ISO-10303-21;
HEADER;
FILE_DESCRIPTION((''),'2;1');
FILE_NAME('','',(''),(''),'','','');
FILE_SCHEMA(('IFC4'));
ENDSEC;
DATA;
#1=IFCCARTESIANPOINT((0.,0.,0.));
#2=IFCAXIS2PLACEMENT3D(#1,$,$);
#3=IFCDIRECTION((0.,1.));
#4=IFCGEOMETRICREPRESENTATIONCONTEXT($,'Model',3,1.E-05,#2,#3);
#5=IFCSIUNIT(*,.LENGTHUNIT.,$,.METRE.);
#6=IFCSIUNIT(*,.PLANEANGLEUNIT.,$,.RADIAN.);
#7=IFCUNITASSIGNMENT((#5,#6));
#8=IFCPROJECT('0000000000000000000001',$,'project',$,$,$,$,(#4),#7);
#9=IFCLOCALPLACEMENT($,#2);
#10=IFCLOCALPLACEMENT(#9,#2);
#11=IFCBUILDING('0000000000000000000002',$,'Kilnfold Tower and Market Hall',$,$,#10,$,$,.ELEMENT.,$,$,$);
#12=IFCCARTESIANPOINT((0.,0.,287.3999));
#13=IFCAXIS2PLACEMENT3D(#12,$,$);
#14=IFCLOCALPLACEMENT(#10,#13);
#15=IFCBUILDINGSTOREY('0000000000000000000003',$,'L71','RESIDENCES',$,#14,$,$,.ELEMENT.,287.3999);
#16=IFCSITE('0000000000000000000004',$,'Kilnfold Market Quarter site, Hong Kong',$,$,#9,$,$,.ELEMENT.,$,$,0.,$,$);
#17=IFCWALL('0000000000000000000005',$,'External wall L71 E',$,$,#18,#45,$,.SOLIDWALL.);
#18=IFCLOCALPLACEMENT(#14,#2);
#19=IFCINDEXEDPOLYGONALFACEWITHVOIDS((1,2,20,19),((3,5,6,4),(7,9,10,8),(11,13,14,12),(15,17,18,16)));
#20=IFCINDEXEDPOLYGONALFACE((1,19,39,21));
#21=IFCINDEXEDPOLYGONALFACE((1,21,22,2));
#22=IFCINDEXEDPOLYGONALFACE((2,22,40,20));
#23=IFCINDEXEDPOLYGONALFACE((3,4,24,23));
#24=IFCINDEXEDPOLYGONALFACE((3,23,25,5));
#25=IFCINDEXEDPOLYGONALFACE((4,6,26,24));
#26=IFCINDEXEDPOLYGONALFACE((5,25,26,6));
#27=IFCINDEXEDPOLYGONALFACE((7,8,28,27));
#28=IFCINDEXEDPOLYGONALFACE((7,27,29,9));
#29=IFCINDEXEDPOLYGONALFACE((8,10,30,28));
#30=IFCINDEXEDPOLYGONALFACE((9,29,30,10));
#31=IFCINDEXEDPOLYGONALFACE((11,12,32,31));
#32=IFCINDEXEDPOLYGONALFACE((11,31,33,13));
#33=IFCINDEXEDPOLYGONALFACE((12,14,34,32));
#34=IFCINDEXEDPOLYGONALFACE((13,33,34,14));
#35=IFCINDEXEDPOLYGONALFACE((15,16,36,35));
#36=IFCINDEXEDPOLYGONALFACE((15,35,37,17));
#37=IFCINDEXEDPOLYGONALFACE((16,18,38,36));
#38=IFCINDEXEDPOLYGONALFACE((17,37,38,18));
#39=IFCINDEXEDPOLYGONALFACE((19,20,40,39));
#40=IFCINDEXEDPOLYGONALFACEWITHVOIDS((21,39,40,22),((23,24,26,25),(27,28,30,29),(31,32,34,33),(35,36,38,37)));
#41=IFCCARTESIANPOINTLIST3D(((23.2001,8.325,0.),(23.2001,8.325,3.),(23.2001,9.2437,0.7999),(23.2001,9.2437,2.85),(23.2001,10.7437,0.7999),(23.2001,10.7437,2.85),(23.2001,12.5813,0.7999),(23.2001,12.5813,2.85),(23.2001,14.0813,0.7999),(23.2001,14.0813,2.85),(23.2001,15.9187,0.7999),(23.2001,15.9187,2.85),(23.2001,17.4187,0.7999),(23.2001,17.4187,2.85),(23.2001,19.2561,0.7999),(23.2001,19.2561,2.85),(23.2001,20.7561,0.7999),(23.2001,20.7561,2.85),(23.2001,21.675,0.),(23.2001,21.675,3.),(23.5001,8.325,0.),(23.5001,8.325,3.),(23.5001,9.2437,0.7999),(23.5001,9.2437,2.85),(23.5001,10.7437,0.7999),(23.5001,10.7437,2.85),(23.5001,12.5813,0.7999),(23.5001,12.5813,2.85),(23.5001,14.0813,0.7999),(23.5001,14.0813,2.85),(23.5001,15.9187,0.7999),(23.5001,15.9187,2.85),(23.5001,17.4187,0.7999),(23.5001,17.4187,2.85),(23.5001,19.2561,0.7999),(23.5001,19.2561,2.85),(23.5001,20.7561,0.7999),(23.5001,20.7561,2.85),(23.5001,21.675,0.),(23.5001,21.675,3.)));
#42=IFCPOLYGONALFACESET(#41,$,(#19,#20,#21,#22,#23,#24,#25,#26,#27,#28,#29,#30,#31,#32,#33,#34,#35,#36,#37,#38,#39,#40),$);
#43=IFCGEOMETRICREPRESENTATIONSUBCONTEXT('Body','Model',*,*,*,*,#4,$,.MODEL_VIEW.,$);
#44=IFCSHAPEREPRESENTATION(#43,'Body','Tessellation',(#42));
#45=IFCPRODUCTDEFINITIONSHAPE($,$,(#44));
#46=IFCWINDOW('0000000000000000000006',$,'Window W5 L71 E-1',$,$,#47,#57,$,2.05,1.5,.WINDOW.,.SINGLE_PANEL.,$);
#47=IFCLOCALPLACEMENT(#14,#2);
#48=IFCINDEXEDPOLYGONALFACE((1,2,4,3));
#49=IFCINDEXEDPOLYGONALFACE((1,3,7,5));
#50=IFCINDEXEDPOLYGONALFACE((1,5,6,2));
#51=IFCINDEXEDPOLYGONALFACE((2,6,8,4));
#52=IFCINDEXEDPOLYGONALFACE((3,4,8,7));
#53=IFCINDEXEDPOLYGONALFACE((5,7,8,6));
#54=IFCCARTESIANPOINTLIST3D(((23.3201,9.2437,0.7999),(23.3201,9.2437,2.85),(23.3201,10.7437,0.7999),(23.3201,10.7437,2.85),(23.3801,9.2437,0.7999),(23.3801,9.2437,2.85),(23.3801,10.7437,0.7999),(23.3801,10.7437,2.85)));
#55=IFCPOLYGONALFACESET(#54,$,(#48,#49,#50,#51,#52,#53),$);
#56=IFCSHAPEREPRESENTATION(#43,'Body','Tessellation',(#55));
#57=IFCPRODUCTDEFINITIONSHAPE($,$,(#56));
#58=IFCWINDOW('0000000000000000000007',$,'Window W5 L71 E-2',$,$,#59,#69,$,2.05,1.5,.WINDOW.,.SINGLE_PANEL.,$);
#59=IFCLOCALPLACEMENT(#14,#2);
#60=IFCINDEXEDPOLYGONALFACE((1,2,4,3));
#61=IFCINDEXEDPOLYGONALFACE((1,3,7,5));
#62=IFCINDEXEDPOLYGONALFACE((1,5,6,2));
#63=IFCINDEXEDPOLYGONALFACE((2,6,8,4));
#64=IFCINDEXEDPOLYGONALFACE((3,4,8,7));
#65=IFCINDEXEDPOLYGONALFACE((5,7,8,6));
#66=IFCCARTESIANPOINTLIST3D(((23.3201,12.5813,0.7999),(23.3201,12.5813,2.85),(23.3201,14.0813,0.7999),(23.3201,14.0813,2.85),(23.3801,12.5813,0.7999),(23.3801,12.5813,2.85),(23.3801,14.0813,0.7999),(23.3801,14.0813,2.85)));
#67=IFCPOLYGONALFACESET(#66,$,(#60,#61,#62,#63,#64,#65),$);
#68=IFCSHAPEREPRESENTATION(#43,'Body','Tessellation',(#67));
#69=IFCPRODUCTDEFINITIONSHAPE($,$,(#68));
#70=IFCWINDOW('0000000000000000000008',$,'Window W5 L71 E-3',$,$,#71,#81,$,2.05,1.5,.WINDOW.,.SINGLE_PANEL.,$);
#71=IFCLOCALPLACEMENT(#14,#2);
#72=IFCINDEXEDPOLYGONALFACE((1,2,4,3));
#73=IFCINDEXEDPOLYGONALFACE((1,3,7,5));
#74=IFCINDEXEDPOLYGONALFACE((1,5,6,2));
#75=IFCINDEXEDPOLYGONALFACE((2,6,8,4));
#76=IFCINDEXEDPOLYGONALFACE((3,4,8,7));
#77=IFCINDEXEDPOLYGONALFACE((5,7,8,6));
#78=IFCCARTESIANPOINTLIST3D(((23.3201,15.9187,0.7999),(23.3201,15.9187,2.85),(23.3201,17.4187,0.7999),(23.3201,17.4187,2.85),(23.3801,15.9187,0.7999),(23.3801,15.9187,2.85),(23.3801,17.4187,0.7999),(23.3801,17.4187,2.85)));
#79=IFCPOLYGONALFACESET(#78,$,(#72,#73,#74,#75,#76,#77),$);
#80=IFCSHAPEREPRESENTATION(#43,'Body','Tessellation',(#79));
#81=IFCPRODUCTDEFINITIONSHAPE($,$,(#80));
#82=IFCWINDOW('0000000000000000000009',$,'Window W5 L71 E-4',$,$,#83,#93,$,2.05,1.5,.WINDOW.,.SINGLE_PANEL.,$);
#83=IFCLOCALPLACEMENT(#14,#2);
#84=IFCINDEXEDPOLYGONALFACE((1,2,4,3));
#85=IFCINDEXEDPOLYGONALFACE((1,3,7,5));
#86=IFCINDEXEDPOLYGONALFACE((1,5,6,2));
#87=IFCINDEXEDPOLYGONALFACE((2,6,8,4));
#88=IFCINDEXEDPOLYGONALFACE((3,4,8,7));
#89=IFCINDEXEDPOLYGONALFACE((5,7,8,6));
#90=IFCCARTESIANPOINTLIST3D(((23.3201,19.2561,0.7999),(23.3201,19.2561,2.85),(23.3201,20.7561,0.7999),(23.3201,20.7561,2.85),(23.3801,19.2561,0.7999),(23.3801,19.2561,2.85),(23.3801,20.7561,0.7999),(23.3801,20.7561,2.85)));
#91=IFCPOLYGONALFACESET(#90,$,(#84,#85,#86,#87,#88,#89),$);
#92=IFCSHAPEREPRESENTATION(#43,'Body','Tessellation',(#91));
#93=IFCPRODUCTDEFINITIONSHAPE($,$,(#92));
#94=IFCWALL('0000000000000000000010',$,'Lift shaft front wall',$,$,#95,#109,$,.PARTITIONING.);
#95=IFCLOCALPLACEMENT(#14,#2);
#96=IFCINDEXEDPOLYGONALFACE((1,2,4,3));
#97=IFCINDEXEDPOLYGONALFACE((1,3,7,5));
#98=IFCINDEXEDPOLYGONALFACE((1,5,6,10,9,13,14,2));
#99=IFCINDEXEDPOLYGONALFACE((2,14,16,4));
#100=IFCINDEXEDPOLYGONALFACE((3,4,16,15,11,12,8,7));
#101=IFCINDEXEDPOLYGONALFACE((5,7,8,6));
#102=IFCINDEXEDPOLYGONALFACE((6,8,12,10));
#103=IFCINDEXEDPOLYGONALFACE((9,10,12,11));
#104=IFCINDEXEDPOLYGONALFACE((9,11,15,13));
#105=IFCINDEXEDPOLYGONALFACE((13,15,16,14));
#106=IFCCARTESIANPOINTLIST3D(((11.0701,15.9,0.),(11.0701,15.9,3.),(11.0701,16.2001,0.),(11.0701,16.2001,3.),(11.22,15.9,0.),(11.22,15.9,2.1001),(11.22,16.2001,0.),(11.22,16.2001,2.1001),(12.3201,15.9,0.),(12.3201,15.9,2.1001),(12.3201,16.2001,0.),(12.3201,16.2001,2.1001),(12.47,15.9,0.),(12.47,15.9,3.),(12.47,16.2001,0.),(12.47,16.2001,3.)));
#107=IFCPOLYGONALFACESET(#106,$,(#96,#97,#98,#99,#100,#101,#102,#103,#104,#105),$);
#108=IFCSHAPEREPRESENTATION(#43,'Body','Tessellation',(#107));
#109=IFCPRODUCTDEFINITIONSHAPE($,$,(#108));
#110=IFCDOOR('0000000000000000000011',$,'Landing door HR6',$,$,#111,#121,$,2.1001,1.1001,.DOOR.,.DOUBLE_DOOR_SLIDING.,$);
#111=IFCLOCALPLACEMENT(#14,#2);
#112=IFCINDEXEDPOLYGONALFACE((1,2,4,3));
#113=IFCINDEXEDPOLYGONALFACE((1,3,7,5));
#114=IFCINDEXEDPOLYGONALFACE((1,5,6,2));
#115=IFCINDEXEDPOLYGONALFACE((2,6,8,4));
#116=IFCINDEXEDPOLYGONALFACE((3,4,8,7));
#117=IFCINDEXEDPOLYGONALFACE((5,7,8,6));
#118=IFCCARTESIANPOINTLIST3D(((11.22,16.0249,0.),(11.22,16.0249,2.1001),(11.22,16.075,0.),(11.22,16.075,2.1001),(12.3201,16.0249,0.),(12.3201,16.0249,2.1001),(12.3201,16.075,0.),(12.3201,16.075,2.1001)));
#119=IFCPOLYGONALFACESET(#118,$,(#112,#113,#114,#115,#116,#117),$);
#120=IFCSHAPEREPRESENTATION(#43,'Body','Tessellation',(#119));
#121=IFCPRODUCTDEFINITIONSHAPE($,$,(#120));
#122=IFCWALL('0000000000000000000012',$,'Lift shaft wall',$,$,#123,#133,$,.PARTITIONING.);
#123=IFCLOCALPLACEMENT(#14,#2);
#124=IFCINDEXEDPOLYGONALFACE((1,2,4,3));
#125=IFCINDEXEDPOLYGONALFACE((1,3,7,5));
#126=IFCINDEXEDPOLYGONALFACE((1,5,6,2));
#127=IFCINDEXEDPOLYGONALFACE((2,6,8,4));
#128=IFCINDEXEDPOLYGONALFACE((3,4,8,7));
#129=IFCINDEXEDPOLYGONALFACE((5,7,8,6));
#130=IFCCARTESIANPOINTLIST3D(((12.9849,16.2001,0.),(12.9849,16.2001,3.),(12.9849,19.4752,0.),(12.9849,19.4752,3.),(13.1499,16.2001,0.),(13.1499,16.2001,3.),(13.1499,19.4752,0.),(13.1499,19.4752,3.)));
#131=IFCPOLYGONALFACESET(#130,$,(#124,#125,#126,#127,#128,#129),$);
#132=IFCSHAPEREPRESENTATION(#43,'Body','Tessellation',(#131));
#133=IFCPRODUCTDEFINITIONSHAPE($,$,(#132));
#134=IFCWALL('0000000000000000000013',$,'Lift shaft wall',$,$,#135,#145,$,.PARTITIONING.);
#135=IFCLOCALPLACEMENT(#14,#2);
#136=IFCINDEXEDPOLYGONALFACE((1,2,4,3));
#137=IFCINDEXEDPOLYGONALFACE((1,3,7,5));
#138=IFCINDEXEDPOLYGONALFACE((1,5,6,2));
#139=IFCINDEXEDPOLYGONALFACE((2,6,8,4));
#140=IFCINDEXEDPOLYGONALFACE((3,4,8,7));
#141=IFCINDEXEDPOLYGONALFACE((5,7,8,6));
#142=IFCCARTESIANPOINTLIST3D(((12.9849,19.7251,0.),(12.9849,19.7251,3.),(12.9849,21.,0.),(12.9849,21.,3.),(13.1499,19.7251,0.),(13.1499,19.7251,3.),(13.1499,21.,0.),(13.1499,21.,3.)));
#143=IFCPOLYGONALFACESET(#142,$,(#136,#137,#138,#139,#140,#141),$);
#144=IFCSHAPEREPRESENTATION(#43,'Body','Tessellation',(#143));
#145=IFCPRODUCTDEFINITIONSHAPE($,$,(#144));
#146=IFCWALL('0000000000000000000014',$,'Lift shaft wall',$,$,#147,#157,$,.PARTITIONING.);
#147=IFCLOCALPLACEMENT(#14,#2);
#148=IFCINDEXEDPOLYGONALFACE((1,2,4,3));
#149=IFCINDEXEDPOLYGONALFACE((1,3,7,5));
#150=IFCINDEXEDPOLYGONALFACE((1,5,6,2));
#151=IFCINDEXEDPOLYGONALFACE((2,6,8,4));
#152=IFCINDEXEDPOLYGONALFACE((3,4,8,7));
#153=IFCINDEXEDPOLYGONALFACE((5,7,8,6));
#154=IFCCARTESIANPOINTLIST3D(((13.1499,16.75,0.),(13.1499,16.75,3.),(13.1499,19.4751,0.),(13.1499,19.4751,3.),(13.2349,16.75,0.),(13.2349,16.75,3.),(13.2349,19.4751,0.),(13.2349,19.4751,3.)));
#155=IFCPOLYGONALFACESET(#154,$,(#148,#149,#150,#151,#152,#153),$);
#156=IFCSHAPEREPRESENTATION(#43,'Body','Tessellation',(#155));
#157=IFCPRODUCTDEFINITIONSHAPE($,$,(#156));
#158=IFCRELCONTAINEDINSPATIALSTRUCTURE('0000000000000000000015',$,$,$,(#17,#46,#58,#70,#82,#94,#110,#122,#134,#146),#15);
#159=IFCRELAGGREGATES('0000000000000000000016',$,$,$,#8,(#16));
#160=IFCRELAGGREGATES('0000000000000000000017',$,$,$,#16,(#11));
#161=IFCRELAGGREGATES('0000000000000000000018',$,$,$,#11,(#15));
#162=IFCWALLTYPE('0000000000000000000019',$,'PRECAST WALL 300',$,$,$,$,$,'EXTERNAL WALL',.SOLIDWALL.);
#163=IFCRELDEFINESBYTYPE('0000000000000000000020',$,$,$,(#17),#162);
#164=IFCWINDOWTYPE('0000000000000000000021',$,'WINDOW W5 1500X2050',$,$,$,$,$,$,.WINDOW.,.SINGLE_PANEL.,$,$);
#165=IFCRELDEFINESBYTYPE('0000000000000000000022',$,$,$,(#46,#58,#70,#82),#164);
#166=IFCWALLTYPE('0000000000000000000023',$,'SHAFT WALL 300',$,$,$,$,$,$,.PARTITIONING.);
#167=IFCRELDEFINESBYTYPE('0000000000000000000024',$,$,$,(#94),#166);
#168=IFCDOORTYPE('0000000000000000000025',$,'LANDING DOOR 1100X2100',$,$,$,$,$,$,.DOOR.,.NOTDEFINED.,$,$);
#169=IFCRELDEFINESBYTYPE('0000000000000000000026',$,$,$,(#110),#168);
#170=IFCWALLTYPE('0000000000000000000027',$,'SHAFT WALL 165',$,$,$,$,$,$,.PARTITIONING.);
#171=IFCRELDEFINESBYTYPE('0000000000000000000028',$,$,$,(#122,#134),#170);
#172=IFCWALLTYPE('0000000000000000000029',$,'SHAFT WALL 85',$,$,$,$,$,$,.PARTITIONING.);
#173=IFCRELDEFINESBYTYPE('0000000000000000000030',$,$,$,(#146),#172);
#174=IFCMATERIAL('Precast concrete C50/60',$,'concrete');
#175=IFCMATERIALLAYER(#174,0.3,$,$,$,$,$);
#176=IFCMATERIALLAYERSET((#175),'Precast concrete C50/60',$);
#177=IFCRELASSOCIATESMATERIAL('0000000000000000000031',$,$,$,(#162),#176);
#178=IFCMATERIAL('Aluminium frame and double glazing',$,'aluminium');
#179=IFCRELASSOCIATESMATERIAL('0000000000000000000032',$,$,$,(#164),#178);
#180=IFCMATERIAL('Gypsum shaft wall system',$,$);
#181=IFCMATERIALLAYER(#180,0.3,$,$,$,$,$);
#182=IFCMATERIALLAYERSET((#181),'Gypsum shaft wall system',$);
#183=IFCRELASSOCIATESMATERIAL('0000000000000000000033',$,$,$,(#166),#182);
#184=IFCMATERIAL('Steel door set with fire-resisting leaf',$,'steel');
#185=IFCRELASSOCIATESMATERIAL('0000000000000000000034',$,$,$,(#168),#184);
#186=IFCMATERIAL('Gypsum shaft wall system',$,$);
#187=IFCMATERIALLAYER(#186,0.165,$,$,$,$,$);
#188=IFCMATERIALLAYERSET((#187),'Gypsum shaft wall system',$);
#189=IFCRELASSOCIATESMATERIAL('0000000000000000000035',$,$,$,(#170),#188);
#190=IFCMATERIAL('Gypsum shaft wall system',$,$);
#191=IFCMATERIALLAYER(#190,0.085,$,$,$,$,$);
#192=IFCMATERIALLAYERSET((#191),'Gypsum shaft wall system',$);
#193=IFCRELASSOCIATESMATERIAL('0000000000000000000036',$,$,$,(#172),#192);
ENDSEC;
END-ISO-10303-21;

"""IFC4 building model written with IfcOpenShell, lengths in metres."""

from ifc_helpers import new_model, si_unit, direction, frame, frame_2d, origin, place, context, subcontext, project, spatial, rectangle, extrude, source, transform, mapped, material, layer, layer_set, type_object, element, fill, save


model = new_model("IFC4")

# Units and contexts
model_context = context("Model", 3, precision=1e-05, world=origin(), true_north=direction((0.0, 1.0)))
body_context = subcontext(model_context, "Body", "Model", "MODEL_VIEW")
ifc_project = project(units=[si_unit("LENGTHUNIT", "METRE"), si_unit("PLANEANGLEUNIT", "RADIAN")], contexts=[model_context])

# Site, building, storey
site_placement = place(None, origin())
site = spatial("IfcSite", under=ifc_project, at=site_placement, Name="Kilnfold Market Quarter site, Hong Kong", CompositionType="ELEMENT", RefElevation=0.0)
building_placement = place(site_placement, origin())
building = spatial("IfcBuilding", under=site, at=building_placement, Name="Kilnfold Tower and Market Hall", CompositionType="ELEMENT")
storey_placement = place(building_placement, frame((0.0, 0.0, 287.3999)))
storey = spatial("IfcBuildingStorey", under=building, at=storey_placement, Name="L71", Description="RESIDENCES", CompositionType="ELEMENT", Elevation=287.3999)

# Wall, openings, windows
ifc_material_1 = material(Name="Precast concrete C50/60", Category="concrete")
ifc_layer_1 = layer(ifc_material_1, 0.3)
ifc_layer_set_1 = layer_set([ifc_layer_1], Name="Precast concrete C50/60")
wall_type_1 = type_object("IfcWallType", Name="PRECAST WALL 300", ElementType="EXTERNAL WALL", PredefinedType="SOLIDWALL", material=ifc_layer_set_1)
shared_shape_1 = source(origin(), body_context, "Body", "SweptSolid", [
    extrude(rectangle(XDim=13.3501, YDim=0.3, at=frame_2d((6.675, 0.0))), origin(), (0.0, 0.0, 1.0), 3.0),
])
wall_1_placement = place(storey_placement, frame((23.3501, 8.325, 0.0), z_axis=(0.0, 0.0, 1.0), x_axis=(0.0, 1.0, 0.0)))
wall_1 = element("IfcWall", 1, at=wall_1_placement, inside=storey, type_object=wall_type_1, Name="External wall L71 E", PredefinedType="SOLIDWALL", context=body_context, shape_type="MappedRepresentation", body=[
    mapped(shared_shape_1, transform((0.0, 0.0, 0.0))),
])
opening_1_placement = place(wall_1_placement, frame((0.9187, 0.0, 0.8)))
opening_1 = element("IfcOpeningElement", 2, at=opening_1_placement, cuts=wall_1, PredefinedType="OPENING", context=body_context, shape_type="SweptSolid", body=[
    extrude(rectangle(XDim=1.5, YDim=2.05, at=frame_2d((0.75, 1.0249))), frame((0.0, 0.1602, 0.0), z_axis=(0.0, -1.0, 0.0), x_axis=(1.0, 0.0, 0.0)), (0.0, 0.0, 1.0), 0.3201),
])
opening_2_placement = place(wall_1_placement, frame((4.2563, 0.0, 0.8)))
opening_2 = element("IfcOpeningElement", 3, at=opening_2_placement, cuts=wall_1, PredefinedType="OPENING", context=body_context, shape_type="SweptSolid", body=[
    extrude(rectangle(XDim=1.5, YDim=2.05, at=frame_2d((0.75, 1.0249))), frame((0.0, 0.1602, 0.0), z_axis=(0.0, -1.0, 0.0), x_axis=(1.0, 0.0, 0.0)), (0.0, 0.0, 1.0), 0.3201),
])
opening_3_placement = place(wall_1_placement, frame((7.5938, 0.0, 0.8)))
opening_3 = element("IfcOpeningElement", 4, at=opening_3_placement, cuts=wall_1, PredefinedType="OPENING", context=body_context, shape_type="SweptSolid", body=[
    extrude(rectangle(XDim=1.5, YDim=2.05, at=frame_2d((0.75, 1.0249))), frame((0.0, 0.1602, 0.0), z_axis=(0.0, -1.0, 0.0), x_axis=(1.0, 0.0, 0.0)), (0.0, 0.0, 1.0), 0.3201),
])
opening_4_placement = place(wall_1_placement, frame((10.9312, 0.0, 0.8)))
opening_4 = element("IfcOpeningElement", 5, at=opening_4_placement, cuts=wall_1, PredefinedType="OPENING", context=body_context, shape_type="SweptSolid", body=[
    extrude(rectangle(XDim=1.5, YDim=2.05, at=frame_2d((0.75, 1.0249))), frame((0.0, 0.1602, 0.0), z_axis=(0.0, -1.0, 0.0), x_axis=(1.0, 0.0, 0.0)), (0.0, 0.0, 1.0), 0.3201),
])
ifc_material_2 = material(Name="Aluminium frame and double glazing", Category="aluminium")
window_type = type_object("IfcWindowType", Name="WINDOW W5 1500X2050", PartitioningType="SINGLE_PANEL", PredefinedType="WINDOW", material=ifc_material_2)
window_1_placement = place(opening_1_placement, origin())
window_1 = element("IfcWindow", 6, at=window_1_placement, inside=storey, type_object=window_type, Name="Window W5 L71 E-1", OverallHeight=2.05, OverallWidth=1.5, PartitioningType="SINGLE_PANEL", PredefinedType="WINDOW", context=body_context, shape_type="SweptSolid", body=[
    extrude(rectangle(XDim=1.5, YDim=2.05, at=frame_2d((0.75, 1.0249))), frame((0.0, 0.03, 0.0), z_axis=(0.0, -1.0, 0.0), x_axis=(1.0, 0.0, 0.0)), (0.0, 0.0, 1.0), 0.0601),
])
fill(opening_1, window_1)
window_2_placement = place(opening_2_placement, origin())
window_2 = element("IfcWindow", 7, at=window_2_placement, inside=storey, type_object=window_type, Name="Window W5 L71 E-2", OverallHeight=2.05, OverallWidth=1.5, PartitioningType="SINGLE_PANEL", PredefinedType="WINDOW", context=body_context, shape_type="SweptSolid", body=[
    extrude(rectangle(XDim=1.5, YDim=2.05, at=frame_2d((0.75, 1.0249))), frame((0.0, 0.03, 0.0), z_axis=(0.0, -1.0, 0.0), x_axis=(1.0, 0.0, 0.0)), (0.0, 0.0, 1.0), 0.0601),
])
fill(opening_2, window_2)
window_3_placement = place(opening_3_placement, origin())
window_3 = element("IfcWindow", 8, at=window_3_placement, inside=storey, type_object=window_type, Name="Window W5 L71 E-3", OverallHeight=2.05, OverallWidth=1.5, PartitioningType="SINGLE_PANEL", PredefinedType="WINDOW", context=body_context, shape_type="SweptSolid", body=[
    extrude(rectangle(XDim=1.5, YDim=2.05, at=frame_2d((0.75, 1.0249))), frame((0.0, 0.03, 0.0), z_axis=(0.0, -1.0, 0.0), x_axis=(1.0, 0.0, 0.0)), (0.0, 0.0, 1.0), 0.0601),
])
fill(opening_3, window_3)
window_4_placement = place(opening_4_placement, origin())
window_4 = element("IfcWindow", 9, at=window_4_placement, inside=storey, type_object=window_type, Name="Window W5 L71 E-4", OverallHeight=2.05, OverallWidth=1.5, PartitioningType="SINGLE_PANEL", PredefinedType="WINDOW", context=body_context, shape_type="SweptSolid", body=[
    extrude(rectangle(XDim=1.5, YDim=2.05, at=frame_2d((0.75, 1.0249))), frame((0.0, 0.03, 0.0), z_axis=(0.0, -1.0, 0.0), x_axis=(1.0, 0.0, 0.0)), (0.0, 0.0, 1.0), 0.0601),
])
fill(opening_4, window_4)

# Wall, opening, door
ifc_material_3 = material(Name="Gypsum shaft wall system")
ifc_layer_2 = layer(ifc_material_3, 0.3)
ifc_layer_set_2 = layer_set([ifc_layer_2], Name="Gypsum shaft wall system")
wall_type_2 = type_object("IfcWallType", Name="SHAFT WALL 300", PredefinedType="PARTITIONING", material=ifc_layer_set_2)
shared_shape_2 = source(origin(), body_context, "Body", "SweptSolid", [
    extrude(rectangle(XDim=1.3999, YDim=0.3, at=frame_2d((0.7, 0.0))), origin(), (0.0, 0.0, 1.0), 3.0),
])
wall_2_placement = place(storey_placement, frame((11.0701, 16.05, 0.0), z_axis=(0.0, 0.0, 1.0), x_axis=(1.0, 0.0, 0.0)))
wall_2 = element("IfcWall", 10, at=wall_2_placement, inside=storey, type_object=wall_type_2, Name="Lift shaft front wall", PredefinedType="PARTITIONING", context=body_context, shape_type="MappedRepresentation", body=[
    mapped(shared_shape_2, transform((0.0, 0.0, 0.0))),
])
opening_5_placement = place(wall_2_placement, frame((0.1499, 0.0, 0.0)))
opening_5 = element("IfcOpeningElement", 11, at=opening_5_placement, cuts=wall_2, PredefinedType="OPENING", context=body_context, shape_type="SweptSolid", body=[
    extrude(rectangle(XDim=1.1001, YDim=2.1001, at=frame_2d((0.55, 1.05))), frame((0.0, 0.1602, 0.0), z_axis=(0.0, -1.0, 0.0), x_axis=(1.0, 0.0, 0.0)), (0.0, 0.0, 1.0), 0.3201),
])
ifc_material_4 = material(Name="Steel door set with fire-resisting leaf", Category="steel")
door_type_1 = type_object("IfcDoorType", Name="LANDING DOOR 1100X2100", OperationType="NOTDEFINED", PredefinedType="DOOR", material=ifc_material_4)
door_1_placement = place(opening_5_placement, origin())
door_1 = element("IfcDoor", 12, at=door_1_placement, inside=storey, type_object=door_type_1, Name="Landing door HR6", OperationType="DOUBLE_DOOR_SLIDING", OverallHeight=2.1001, OverallWidth=1.1001, PredefinedType="DOOR", context=body_context, shape_type="SweptSolid", body=[
    extrude(rectangle(XDim=1.1001, YDim=2.1001, at=frame_2d((0.55, 1.05))), frame((0.0, 0.0249, 0.0), z_axis=(0.0, -1.0, 0.0), x_axis=(1.0, 0.0, 0.0)), (0.0, 0.0, 1.0), 0.05),
])
fill(opening_5, door_1)

# Walls
ifc_material_5 = material(Name="Gypsum shaft wall system")
ifc_layer_3 = layer(ifc_material_5, 0.165)
ifc_layer_set_3 = layer_set([ifc_layer_3], Name="Gypsum shaft wall system")
wall_type_3 = type_object("IfcWallType", Name="SHAFT WALL 165", PredefinedType="PARTITIONING", material=ifc_layer_set_3)
shared_shape_3 = source(origin(), body_context, "Body", "SweptSolid", [
    extrude(rectangle(XDim=3.2751, YDim=0.165, at=frame_2d((1.6377, 0.0))), origin(), (0.0, 0.0, 1.0), 3.0),
])
wall_3_placement = place(storey_placement, frame((13.0674, 16.2, 0.0), z_axis=(0.0, 0.0, 1.0), x_axis=(0.0, 1.0, 0.0)))
element("IfcWall", 13, at=wall_3_placement, inside=storey, type_object=wall_type_3, Name="Lift shaft wall", PredefinedType="PARTITIONING", context=body_context, shape_type="MappedRepresentation", body=[
    mapped(shared_shape_3, transform((0.0, 0.0, 0.0))),
])
shared_shape_4 = source(origin(), body_context, "Body", "SweptSolid", [
    extrude(rectangle(XDim=1.2749, YDim=0.165, at=frame_2d((0.6375, 0.0))), origin(), (0.0, 0.0, 1.0), 3.0),
])
wall_4_placement = place(storey_placement, frame((13.0674, 19.7251, 0.0), z_axis=(0.0, 0.0, 1.0), x_axis=(0.0, 1.0, 0.0)))
element("IfcWall", 14, at=wall_4_placement, inside=storey, type_object=wall_type_3, Name="Lift shaft wall", PredefinedType="PARTITIONING", context=body_context, shape_type="MappedRepresentation", body=[
    mapped(shared_shape_4, transform((0.0, 0.0, 0.0))),
])
ifc_material_6 = material(Name="Gypsum shaft wall system")
ifc_layer_4 = layer(ifc_material_6, 0.085)
ifc_layer_set_4 = layer_set([ifc_layer_4], Name="Gypsum shaft wall system")
wall_type_4 = type_object("IfcWallType", Name="SHAFT WALL 85", PredefinedType="PARTITIONING", material=ifc_layer_set_4)
shared_shape_5 = source(origin(), body_context, "Body", "SweptSolid", [
    extrude(rectangle(XDim=2.7251, YDim=0.085, at=frame_2d((1.3625, 0.0))), origin(), (0.0, 0.0, 1.0), 3.0),
])
wall_5_placement = place(storey_placement, frame((13.1924, 16.75, 0.0), z_axis=(0.0, 0.0, 1.0), x_axis=(0.0, 1.0, 0.0)))
element("IfcWall", 15, at=wall_5_placement, inside=storey, type_object=wall_type_4, Name="Lift shaft wall", PredefinedType="PARTITIONING", context=body_context, shape_type="MappedRepresentation", body=[
    mapped(shared_shape_5, transform((0.0, 0.0, 0.0))),
])

save(model, "model.ifc")
